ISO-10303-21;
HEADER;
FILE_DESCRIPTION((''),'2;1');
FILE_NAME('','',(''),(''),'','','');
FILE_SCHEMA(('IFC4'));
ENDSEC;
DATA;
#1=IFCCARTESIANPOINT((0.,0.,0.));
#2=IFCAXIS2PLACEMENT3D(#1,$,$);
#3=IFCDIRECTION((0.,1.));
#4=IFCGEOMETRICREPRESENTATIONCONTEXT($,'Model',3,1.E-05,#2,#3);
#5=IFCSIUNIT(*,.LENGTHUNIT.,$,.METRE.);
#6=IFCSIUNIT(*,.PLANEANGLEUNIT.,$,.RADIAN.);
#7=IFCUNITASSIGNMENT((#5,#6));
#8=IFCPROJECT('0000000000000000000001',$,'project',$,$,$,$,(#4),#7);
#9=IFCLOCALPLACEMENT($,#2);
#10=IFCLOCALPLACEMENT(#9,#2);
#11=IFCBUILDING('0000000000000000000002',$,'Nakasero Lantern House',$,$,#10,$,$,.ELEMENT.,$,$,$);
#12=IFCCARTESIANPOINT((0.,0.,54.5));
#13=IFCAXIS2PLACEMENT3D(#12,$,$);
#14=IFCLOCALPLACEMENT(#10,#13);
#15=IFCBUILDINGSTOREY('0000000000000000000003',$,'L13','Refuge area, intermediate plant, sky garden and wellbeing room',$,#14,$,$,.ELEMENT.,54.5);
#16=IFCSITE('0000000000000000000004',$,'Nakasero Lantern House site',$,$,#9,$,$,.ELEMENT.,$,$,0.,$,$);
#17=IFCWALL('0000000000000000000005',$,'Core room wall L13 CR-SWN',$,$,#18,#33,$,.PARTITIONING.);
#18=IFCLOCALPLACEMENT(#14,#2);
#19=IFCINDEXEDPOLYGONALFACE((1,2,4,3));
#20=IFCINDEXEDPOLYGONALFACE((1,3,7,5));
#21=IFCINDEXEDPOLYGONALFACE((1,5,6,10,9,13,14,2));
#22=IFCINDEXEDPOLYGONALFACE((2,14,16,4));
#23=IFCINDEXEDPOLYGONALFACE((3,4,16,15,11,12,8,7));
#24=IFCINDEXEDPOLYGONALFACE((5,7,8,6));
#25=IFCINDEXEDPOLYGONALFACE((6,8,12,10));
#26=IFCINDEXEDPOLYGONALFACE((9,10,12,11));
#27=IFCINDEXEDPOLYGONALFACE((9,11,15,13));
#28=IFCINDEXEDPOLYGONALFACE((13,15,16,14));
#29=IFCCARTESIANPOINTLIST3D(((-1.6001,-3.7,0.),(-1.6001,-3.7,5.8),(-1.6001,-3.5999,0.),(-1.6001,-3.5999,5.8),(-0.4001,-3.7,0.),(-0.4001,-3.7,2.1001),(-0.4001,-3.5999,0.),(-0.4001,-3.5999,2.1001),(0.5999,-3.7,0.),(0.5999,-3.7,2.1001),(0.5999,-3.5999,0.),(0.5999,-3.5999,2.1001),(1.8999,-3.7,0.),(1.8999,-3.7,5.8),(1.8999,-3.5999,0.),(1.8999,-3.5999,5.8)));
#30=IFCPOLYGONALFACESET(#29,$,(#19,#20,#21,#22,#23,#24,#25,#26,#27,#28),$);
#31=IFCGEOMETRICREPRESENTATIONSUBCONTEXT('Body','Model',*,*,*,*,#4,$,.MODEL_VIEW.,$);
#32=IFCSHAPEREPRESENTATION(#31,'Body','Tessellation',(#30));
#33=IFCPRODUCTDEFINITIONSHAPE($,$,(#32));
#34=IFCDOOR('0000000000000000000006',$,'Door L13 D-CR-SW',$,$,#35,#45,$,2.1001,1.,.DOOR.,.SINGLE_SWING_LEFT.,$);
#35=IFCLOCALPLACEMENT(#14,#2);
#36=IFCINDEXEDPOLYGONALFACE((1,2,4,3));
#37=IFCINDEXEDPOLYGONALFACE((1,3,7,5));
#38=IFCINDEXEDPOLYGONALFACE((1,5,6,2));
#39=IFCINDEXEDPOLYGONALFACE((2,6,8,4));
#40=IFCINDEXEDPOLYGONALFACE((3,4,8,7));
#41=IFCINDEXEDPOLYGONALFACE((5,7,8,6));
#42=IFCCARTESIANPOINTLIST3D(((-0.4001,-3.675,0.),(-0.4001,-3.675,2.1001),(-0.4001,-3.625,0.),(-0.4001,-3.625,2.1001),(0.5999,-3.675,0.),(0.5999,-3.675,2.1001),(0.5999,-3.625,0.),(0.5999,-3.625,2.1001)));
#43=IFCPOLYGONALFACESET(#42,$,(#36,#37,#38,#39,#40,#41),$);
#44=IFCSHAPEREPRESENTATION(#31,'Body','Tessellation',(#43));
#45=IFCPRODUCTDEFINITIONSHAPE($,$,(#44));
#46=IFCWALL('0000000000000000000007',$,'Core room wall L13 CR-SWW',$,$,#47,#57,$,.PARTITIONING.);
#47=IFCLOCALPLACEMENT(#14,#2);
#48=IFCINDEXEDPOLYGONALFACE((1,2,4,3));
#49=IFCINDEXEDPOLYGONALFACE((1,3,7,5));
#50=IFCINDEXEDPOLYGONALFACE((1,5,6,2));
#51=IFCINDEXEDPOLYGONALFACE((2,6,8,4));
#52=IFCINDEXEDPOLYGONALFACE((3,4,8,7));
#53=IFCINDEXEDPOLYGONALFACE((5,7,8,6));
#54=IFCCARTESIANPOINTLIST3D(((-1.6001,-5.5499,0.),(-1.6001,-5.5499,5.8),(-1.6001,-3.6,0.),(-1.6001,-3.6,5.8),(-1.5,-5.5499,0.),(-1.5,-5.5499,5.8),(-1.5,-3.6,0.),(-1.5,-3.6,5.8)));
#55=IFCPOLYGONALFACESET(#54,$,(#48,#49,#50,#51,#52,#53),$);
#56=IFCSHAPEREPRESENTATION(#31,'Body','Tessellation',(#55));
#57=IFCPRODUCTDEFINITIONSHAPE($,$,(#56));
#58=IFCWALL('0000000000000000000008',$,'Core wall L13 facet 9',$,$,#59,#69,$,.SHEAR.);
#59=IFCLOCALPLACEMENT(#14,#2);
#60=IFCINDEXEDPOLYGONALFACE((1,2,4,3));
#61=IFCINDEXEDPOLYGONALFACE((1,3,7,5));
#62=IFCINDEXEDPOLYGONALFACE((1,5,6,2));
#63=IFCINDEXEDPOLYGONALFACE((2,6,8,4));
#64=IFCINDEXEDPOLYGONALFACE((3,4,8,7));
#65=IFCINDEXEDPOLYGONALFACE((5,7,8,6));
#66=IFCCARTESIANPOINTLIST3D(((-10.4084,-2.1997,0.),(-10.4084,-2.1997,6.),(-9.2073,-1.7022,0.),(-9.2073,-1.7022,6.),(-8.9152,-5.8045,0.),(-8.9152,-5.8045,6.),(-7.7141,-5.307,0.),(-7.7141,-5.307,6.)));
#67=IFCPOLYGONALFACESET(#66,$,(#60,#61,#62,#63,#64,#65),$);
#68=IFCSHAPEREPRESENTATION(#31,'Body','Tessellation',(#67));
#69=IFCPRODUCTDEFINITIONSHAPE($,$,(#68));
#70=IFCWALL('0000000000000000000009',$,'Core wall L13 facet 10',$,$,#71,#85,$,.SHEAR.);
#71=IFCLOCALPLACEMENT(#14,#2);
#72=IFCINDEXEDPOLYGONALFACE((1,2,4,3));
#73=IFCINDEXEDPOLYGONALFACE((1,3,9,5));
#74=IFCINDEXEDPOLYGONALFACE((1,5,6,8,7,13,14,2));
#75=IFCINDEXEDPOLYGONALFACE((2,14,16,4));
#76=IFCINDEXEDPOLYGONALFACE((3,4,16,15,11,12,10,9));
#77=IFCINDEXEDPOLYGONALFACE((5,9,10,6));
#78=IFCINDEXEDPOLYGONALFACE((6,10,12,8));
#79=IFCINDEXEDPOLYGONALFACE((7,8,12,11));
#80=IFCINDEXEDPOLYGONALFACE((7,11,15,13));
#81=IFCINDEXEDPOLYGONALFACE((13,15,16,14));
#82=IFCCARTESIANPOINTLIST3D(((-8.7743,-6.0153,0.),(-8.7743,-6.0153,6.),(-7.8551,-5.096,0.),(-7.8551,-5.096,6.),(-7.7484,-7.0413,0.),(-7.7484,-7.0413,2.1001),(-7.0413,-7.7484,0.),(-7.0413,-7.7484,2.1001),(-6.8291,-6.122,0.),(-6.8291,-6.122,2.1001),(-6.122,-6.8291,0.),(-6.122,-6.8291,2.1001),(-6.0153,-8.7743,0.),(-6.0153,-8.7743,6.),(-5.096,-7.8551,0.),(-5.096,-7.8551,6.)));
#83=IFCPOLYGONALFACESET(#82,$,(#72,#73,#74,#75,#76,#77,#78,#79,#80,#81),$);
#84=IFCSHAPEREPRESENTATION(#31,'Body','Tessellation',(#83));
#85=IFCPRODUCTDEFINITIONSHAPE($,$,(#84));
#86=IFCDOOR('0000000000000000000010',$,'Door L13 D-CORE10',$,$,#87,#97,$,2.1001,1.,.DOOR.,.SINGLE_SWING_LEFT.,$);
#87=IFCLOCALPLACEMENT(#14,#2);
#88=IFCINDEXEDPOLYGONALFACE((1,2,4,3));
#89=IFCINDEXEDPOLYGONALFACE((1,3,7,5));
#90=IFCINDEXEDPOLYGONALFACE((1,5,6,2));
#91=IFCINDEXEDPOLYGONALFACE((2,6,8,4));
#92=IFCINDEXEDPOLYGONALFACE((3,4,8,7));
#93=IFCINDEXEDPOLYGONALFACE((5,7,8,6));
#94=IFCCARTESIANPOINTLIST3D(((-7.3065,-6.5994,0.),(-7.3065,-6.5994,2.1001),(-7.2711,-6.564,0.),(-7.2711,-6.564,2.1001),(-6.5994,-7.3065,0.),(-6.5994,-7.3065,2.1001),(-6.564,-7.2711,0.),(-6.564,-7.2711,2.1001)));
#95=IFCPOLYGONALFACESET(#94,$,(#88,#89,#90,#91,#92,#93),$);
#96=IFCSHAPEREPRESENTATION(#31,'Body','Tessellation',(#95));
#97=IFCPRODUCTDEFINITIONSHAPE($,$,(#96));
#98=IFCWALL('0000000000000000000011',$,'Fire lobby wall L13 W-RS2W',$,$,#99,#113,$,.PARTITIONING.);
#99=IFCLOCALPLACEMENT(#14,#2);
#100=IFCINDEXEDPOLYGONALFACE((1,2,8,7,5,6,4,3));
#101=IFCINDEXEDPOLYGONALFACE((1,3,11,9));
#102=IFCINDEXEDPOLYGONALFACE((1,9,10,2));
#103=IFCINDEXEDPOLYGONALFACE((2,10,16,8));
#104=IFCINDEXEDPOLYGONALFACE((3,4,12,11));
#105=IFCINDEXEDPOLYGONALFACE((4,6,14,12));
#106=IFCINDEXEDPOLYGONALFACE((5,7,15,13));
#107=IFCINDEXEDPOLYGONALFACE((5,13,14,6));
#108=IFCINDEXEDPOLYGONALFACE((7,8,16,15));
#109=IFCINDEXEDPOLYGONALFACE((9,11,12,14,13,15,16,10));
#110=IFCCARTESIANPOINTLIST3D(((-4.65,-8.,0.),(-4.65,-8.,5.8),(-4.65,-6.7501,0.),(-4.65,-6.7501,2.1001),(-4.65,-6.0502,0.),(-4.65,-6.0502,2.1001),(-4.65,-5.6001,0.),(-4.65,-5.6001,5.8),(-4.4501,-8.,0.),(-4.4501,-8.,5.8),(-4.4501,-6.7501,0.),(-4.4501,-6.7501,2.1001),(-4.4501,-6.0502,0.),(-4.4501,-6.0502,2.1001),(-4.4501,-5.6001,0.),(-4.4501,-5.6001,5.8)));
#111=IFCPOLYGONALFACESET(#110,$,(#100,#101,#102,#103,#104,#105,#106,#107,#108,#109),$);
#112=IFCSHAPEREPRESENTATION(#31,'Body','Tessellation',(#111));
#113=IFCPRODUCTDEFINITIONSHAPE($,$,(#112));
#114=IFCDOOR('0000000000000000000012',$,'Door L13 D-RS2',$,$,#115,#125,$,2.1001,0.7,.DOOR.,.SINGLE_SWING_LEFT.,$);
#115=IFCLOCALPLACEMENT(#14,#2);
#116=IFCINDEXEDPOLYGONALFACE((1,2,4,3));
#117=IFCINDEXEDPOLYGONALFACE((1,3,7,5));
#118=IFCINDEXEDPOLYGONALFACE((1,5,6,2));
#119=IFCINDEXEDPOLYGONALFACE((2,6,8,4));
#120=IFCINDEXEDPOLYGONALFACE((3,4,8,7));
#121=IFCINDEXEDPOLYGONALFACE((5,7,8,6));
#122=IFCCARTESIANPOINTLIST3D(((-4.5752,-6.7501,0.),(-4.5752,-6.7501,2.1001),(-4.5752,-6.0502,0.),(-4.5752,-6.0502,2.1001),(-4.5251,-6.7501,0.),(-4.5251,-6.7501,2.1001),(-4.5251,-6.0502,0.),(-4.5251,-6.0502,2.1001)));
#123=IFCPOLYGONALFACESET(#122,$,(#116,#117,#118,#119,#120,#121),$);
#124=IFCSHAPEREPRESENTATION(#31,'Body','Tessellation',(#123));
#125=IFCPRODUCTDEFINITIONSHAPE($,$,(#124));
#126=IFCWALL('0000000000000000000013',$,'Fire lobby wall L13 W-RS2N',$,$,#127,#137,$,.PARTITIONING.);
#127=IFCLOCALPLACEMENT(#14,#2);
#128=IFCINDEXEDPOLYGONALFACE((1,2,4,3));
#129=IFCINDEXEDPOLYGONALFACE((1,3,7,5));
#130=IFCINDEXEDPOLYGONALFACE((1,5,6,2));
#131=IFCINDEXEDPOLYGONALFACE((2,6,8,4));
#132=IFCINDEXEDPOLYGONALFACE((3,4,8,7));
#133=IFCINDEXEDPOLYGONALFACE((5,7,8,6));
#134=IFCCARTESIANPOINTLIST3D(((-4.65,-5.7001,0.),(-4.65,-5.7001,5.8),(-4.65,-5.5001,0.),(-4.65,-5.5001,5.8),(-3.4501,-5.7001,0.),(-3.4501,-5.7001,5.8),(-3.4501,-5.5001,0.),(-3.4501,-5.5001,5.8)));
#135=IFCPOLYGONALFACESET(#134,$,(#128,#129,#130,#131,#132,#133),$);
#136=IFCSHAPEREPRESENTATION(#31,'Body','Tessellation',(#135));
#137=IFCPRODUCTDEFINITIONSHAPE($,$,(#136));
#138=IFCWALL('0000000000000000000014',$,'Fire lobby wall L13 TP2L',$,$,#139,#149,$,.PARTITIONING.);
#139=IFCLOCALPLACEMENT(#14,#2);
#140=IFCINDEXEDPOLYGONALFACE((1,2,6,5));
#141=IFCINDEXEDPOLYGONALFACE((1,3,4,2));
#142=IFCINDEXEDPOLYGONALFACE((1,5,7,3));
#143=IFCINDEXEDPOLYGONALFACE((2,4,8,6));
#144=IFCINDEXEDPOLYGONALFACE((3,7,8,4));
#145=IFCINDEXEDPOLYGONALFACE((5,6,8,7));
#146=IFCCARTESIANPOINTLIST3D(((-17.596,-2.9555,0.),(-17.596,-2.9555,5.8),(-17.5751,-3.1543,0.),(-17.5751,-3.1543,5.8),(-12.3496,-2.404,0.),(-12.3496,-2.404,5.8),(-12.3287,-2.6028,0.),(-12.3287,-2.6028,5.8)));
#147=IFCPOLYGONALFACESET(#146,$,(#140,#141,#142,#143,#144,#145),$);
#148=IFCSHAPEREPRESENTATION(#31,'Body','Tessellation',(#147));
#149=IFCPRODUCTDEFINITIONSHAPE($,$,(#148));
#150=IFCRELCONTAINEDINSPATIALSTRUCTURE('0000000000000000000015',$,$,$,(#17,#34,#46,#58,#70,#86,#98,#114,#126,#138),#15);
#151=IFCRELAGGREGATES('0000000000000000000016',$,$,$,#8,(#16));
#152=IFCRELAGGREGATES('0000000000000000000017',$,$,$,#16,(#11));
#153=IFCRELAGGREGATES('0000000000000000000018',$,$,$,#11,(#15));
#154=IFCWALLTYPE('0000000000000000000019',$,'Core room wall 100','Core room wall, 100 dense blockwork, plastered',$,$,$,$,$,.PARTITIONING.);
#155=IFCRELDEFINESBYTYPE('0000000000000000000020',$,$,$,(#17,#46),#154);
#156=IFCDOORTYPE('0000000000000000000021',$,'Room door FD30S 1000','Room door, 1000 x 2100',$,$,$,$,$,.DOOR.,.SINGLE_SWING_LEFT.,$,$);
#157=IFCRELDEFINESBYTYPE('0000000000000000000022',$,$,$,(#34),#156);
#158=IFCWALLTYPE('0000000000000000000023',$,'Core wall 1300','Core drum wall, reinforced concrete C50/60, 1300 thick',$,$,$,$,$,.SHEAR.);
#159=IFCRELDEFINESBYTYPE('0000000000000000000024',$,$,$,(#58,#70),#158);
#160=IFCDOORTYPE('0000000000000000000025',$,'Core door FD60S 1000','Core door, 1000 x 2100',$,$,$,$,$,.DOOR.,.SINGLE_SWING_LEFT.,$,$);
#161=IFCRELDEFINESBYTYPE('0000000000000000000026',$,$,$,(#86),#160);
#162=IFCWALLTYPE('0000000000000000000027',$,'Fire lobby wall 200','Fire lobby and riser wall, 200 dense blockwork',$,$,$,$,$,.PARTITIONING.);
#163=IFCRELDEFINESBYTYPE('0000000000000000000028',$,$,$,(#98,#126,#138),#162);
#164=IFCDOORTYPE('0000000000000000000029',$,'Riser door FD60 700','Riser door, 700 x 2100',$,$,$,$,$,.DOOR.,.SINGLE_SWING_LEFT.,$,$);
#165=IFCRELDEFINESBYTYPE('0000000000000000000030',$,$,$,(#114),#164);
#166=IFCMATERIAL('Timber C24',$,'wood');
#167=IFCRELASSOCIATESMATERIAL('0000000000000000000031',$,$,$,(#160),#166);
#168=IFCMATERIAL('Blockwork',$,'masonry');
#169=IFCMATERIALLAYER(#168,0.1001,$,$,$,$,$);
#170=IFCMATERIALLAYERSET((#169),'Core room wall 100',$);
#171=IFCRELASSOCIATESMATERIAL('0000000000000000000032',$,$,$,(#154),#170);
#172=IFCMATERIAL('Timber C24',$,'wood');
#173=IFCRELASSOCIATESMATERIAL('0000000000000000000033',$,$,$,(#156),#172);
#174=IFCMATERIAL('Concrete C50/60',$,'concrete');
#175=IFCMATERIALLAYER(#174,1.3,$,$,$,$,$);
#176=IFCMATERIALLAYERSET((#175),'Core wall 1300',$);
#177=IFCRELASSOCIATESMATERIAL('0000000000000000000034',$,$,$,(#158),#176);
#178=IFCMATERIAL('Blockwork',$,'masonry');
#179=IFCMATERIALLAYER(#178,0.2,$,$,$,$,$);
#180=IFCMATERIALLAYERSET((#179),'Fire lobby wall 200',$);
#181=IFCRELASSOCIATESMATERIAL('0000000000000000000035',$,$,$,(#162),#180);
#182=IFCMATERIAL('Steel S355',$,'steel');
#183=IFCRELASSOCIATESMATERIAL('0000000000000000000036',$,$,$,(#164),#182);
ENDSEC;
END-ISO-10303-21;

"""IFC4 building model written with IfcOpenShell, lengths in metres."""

from ifc_helpers import new_model, si_unit, direction, frame, frame_2d, origin, place, context, subcontext, project, spatial, rectangle, extrude, material, layer, layer_set, type_object, element, fill, save


model = new_model("IFC4")

# Units and contexts
model_context = context("Model", 3, precision=1e-05, world=origin(), true_north=direction((0.0, 1.0)))
body_context = subcontext(model_context, "Body", "Model", "MODEL_VIEW")
ifc_project = project(units=[si_unit("LENGTHUNIT", "METRE"), si_unit("PLANEANGLEUNIT", "RADIAN")], contexts=[model_context])

# Site, building, storey
site_placement = place(None, origin())
site = spatial("IfcSite", under=ifc_project, at=site_placement, Name="Nakasero Lantern House site", CompositionType="ELEMENT", RefElevation=0.0)
building_placement = place(site_placement, origin())
building = spatial("IfcBuilding", under=site, at=building_placement, Name="Nakasero Lantern House", CompositionType="ELEMENT")
storey_placement = place(building_placement, frame((0.0, 0.0, 54.5)))
storey = spatial("IfcBuildingStorey", under=building, at=storey_placement, Name="L13", Description="Refuge area, intermediate plant, sky garden and wellbeing room", CompositionType="ELEMENT", Elevation=54.5)

# Shared definitions
ifc_material_1 = material(Name="Timber C24", Category="wood")
door_type_1 = type_object("IfcDoorType", Name="Core door FD60S 1000", Description="Core door, 1000 x 2100", OperationType="SINGLE_SWING_LEFT", PredefinedType="DOOR", material=ifc_material_1)

# Wall, opening, door
ifc_material_2 = material(Name="Blockwork", Category="masonry")
ifc_layer_1 = layer(ifc_material_2, 0.1001)
ifc_layer_set_1 = layer_set([ifc_layer_1], Name="Core room wall 100")
wall_type_1 = type_object("IfcWallType", Name="Core room wall 100", Description="Core room wall, 100 dense blockwork, plastered", PredefinedType="PARTITIONING", material=ifc_layer_set_1)
wall_1_placement = place(storey_placement, frame((-1.6001, -3.6499, 0.0), z_axis=(0.0, 0.0, 1.0), x_axis=(1.0, 0.0, 0.0)))
wall_1 = element("IfcWall", 1, at=wall_1_placement, inside=storey, type_object=wall_type_1, Name="Core room wall L13 CR-SWN", PredefinedType="PARTITIONING", context=body_context, shape_type="SweptSolid", body=[
    extrude(rectangle(XDim=3.5, YDim=0.1001, at=frame_2d((1.75, 0.0))), origin(), (0.0, 0.0, 1.0), 5.8),
])
opening_1_placement = place(wall_1_placement, frame((1.2, 0.0, 0.0)))
opening_1 = element("IfcOpeningElement", 2, at=opening_1_placement, cuts=wall_1, PredefinedType="OPENING", context=body_context, shape_type="SweptSolid", body=[
    extrude(rectangle(XDim=1.0, YDim=2.1001, at=frame_2d((0.5, 1.05))), frame((0.0, 0.0701, 0.0), z_axis=(0.0, -1.0, 0.0), x_axis=(1.0, 0.0, 0.0)), (0.0, 0.0, 1.0), 0.1401),
])
ifc_material_3 = material(Name="Timber C24", Category="wood")
door_type_2 = type_object("IfcDoorType", Name="Room door FD30S 1000", Description="Room door, 1000 x 2100", OperationType="SINGLE_SWING_LEFT", PredefinedType="DOOR", material=ifc_material_3)
door_1_placement = place(opening_1_placement, origin())
door_1 = element("IfcDoor", 3, at=door_1_placement, inside=storey, type_object=door_type_2, Name="Door L13 D-CR-SW", OperationType="SINGLE_SWING_LEFT", OverallHeight=2.1001, OverallWidth=1.0, PredefinedType="DOOR", context=body_context, shape_type="SweptSolid", body=[
    extrude(rectangle(XDim=1.0, YDim=2.1001, at=frame_2d((0.5, 1.05))), frame((0.0, 0.0249, 0.0), z_axis=(0.0, -1.0, 0.0), x_axis=(1.0, 0.0, 0.0)), (0.0, 0.0, 1.0), 0.05),
])
fill(opening_1, door_1)

# Walls
wall_2_placement = place(storey_placement, frame((-1.55, -5.55, 0.0), z_axis=(0.0, 0.0, 1.0), x_axis=(0.0, 1.0, 0.0)))
element("IfcWall", 4, at=wall_2_placement, inside=storey, type_object=wall_type_1, Name="Core room wall L13 CR-SWW", PredefinedType="PARTITIONING", context=body_context, shape_type="SweptSolid", body=[
    extrude(rectangle(XDim=1.95, YDim=0.1001, at=frame_2d((0.9751, 0.0))), origin(), (0.0, 0.0, 1.0), 5.8),
])
ifc_material_4 = material(Name="Concrete C50/60", Category="concrete")
ifc_layer_2 = layer(ifc_material_4, 1.3)
ifc_layer_set_2 = layer_set([ifc_layer_2], Name="Core wall 1300")
wall_type_2 = type_object("IfcWallType", Name="Core wall 1300", Description="Core drum wall, reinforced concrete C50/60, 1300 thick", PredefinedType="SHEAR", material=ifc_layer_set_2)
wall_3_placement = place(storey_placement, frame((-9.8079, -1.9509, 0.0), z_axis=(0.0, 0.0, 1.0), x_axis=(0.382691, -0.923877, 0.0)))
element("IfcWall", 5, at=wall_3_placement, inside=storey, type_object=wall_type_2, Name="Core wall L13 facet 9", PredefinedType="SHEAR", context=body_context, shape_type="SweptSolid", body=[
    extrude(rectangle(XDim=3.9019, YDim=1.3, at=frame_2d((1.9509, 0.0))), origin(), (0.0, 0.0, 1.0), 6.0),
])

# Walls, openings, doors
wall_4_placement = place(storey_placement, frame((-8.3147, -5.5557, 0.0), z_axis=(0.0, 0.0, 1.0), x_axis=(0.707107, -0.707107, 0.0)))
wall_4 = element("IfcWall", 6, at=wall_4_placement, inside=storey, type_object=wall_type_2, Name="Core wall L13 facet 10", PredefinedType="SHEAR", context=body_context, shape_type="SweptSolid", body=[
    extrude(rectangle(XDim=3.9019, YDim=1.3, at=frame_2d((1.9509, 0.0))), origin(), (0.0, 0.0, 1.0), 6.0),
])
opening_2_placement = place(wall_4_placement, frame((1.4509, 0.0, 0.0)))
opening_2 = element("IfcOpeningElement", 7, at=opening_2_placement, cuts=wall_4, PredefinedType="OPENING", context=body_context, shape_type="SweptSolid", body=[
    extrude(rectangle(XDim=1.0, YDim=2.1001, at=frame_2d((0.5, 1.05))), frame((0.0, 0.6699, 0.0), z_axis=(0.0, -1.0, 0.0), x_axis=(1.0, 0.0, 0.0)), (0.0, 0.0, 1.0), 1.3401),
])
door_2_placement = place(opening_2_placement, origin())
door_2 = element("IfcDoor", 8, at=door_2_placement, inside=storey, type_object=door_type_1, Name="Door L13 D-CORE10", OperationType="SINGLE_SWING_LEFT", OverallHeight=2.1001, OverallWidth=1.0, PredefinedType="DOOR", context=body_context, shape_type="SweptSolid", body=[
    extrude(rectangle(XDim=1.0, YDim=2.1001, at=frame_2d((0.5, 1.05))), frame((0.0, 0.0249, 0.0), z_axis=(0.0, -1.0, 0.0), x_axis=(1.0, 0.0, 0.0)), (0.0, 0.0, 1.0), 0.05),
])
fill(opening_2, door_2)
ifc_material_5 = material(Name="Blockwork", Category="masonry")
ifc_layer_3 = layer(ifc_material_5, 0.2)
ifc_layer_set_3 = layer_set([ifc_layer_3], Name="Fire lobby wall 200")
wall_type_3 = type_object("IfcWallType", Name="Fire lobby wall 200", Description="Fire lobby and riser wall, 200 dense blockwork", PredefinedType="PARTITIONING", material=ifc_layer_set_3)
wall_5_placement = place(storey_placement, frame((-4.55, -5.6001, 0.0), z_axis=(0.0, 0.0, 1.0), x_axis=(0.0, -1.0, 0.0)))
wall_5 = element("IfcWall", 9, at=wall_5_placement, inside=storey, type_object=wall_type_3, Name="Fire lobby wall L13 W-RS2W", PredefinedType="PARTITIONING", context=body_context, shape_type="SweptSolid", body=[
    extrude(rectangle(XDim=2.3999, YDim=0.2, at=frame_2d((1.2, 0.0))), origin(), (0.0, 0.0, 1.0), 5.8),
])
opening_3_placement = place(wall_5_placement, frame((0.45, 0.0, 0.0)))
opening_3 = element("IfcOpeningElement", 10, at=opening_3_placement, cuts=wall_5, PredefinedType="OPENING", context=body_context, shape_type="SweptSolid", body=[
    extrude(rectangle(XDim=0.7, YDim=2.1001, at=frame_2d((0.3501, 1.05))), frame((0.0, 0.1199, 0.0), z_axis=(0.0, -1.0, 0.0), x_axis=(1.0, 0.0, 0.0)), (0.0, 0.0, 1.0), 0.24),
])
ifc_material_6 = material(Name="Steel S355", Category="steel")
door_type_3 = type_object("IfcDoorType", Name="Riser door FD60 700", Description="Riser door, 700 x 2100", OperationType="SINGLE_SWING_LEFT", PredefinedType="DOOR", material=ifc_material_6)
door_3_placement = place(opening_3_placement, origin())
door_3 = element("IfcDoor", 11, at=door_3_placement, inside=storey, type_object=door_type_3, Name="Door L13 D-RS2", OperationType="SINGLE_SWING_LEFT", OverallHeight=2.1001, OverallWidth=0.7, PredefinedType="DOOR", context=body_context, shape_type="SweptSolid", body=[
    extrude(rectangle(XDim=0.7, YDim=2.1001, at=frame_2d((0.3501, 1.05))), frame((0.0, 0.0249, 0.0), z_axis=(0.0, -1.0, 0.0), x_axis=(1.0, 0.0, 0.0)), (0.0, 0.0, 1.0), 0.05),
])
fill(opening_3, door_3)

# Walls
wall_6_placement = place(storey_placement, frame((-3.45, -5.6001, 0.0), z_axis=(0.0, 0.0, 1.0), x_axis=(-1.0, 0.0, 0.0)))
element("IfcWall", 12, at=wall_6_placement, inside=storey, type_object=wall_type_3, Name="Fire lobby wall L13 W-RS2N", PredefinedType="PARTITIONING", context=body_context, shape_type="SweptSolid", body=[
    extrude(rectangle(XDim=1.2, YDim=0.2, at=frame_2d((0.6001, 0.0))), origin(), (0.0, 0.0, 1.0), 5.8),
])
wall_7_placement = place(storey_placement, frame((-12.3391, -2.5034, 0.0), z_axis=(0.0, 0.0, 1.0), x_axis=(-0.99452, -0.104543, 0.0)))
element("IfcWall", 13, at=wall_7_placement, inside=storey, type_object=wall_type_3, Name="Fire lobby wall L13 TP2L", PredefinedType="PARTITIONING", context=body_context, shape_type="SweptSolid", body=[
    extrude(rectangle(XDim=5.2754, YDim=0.2, at=frame_2d((2.6377, 0.0))), origin(), (0.0, 0.0, 1.0), 5.8),
])

save(model, "model.ifc")
